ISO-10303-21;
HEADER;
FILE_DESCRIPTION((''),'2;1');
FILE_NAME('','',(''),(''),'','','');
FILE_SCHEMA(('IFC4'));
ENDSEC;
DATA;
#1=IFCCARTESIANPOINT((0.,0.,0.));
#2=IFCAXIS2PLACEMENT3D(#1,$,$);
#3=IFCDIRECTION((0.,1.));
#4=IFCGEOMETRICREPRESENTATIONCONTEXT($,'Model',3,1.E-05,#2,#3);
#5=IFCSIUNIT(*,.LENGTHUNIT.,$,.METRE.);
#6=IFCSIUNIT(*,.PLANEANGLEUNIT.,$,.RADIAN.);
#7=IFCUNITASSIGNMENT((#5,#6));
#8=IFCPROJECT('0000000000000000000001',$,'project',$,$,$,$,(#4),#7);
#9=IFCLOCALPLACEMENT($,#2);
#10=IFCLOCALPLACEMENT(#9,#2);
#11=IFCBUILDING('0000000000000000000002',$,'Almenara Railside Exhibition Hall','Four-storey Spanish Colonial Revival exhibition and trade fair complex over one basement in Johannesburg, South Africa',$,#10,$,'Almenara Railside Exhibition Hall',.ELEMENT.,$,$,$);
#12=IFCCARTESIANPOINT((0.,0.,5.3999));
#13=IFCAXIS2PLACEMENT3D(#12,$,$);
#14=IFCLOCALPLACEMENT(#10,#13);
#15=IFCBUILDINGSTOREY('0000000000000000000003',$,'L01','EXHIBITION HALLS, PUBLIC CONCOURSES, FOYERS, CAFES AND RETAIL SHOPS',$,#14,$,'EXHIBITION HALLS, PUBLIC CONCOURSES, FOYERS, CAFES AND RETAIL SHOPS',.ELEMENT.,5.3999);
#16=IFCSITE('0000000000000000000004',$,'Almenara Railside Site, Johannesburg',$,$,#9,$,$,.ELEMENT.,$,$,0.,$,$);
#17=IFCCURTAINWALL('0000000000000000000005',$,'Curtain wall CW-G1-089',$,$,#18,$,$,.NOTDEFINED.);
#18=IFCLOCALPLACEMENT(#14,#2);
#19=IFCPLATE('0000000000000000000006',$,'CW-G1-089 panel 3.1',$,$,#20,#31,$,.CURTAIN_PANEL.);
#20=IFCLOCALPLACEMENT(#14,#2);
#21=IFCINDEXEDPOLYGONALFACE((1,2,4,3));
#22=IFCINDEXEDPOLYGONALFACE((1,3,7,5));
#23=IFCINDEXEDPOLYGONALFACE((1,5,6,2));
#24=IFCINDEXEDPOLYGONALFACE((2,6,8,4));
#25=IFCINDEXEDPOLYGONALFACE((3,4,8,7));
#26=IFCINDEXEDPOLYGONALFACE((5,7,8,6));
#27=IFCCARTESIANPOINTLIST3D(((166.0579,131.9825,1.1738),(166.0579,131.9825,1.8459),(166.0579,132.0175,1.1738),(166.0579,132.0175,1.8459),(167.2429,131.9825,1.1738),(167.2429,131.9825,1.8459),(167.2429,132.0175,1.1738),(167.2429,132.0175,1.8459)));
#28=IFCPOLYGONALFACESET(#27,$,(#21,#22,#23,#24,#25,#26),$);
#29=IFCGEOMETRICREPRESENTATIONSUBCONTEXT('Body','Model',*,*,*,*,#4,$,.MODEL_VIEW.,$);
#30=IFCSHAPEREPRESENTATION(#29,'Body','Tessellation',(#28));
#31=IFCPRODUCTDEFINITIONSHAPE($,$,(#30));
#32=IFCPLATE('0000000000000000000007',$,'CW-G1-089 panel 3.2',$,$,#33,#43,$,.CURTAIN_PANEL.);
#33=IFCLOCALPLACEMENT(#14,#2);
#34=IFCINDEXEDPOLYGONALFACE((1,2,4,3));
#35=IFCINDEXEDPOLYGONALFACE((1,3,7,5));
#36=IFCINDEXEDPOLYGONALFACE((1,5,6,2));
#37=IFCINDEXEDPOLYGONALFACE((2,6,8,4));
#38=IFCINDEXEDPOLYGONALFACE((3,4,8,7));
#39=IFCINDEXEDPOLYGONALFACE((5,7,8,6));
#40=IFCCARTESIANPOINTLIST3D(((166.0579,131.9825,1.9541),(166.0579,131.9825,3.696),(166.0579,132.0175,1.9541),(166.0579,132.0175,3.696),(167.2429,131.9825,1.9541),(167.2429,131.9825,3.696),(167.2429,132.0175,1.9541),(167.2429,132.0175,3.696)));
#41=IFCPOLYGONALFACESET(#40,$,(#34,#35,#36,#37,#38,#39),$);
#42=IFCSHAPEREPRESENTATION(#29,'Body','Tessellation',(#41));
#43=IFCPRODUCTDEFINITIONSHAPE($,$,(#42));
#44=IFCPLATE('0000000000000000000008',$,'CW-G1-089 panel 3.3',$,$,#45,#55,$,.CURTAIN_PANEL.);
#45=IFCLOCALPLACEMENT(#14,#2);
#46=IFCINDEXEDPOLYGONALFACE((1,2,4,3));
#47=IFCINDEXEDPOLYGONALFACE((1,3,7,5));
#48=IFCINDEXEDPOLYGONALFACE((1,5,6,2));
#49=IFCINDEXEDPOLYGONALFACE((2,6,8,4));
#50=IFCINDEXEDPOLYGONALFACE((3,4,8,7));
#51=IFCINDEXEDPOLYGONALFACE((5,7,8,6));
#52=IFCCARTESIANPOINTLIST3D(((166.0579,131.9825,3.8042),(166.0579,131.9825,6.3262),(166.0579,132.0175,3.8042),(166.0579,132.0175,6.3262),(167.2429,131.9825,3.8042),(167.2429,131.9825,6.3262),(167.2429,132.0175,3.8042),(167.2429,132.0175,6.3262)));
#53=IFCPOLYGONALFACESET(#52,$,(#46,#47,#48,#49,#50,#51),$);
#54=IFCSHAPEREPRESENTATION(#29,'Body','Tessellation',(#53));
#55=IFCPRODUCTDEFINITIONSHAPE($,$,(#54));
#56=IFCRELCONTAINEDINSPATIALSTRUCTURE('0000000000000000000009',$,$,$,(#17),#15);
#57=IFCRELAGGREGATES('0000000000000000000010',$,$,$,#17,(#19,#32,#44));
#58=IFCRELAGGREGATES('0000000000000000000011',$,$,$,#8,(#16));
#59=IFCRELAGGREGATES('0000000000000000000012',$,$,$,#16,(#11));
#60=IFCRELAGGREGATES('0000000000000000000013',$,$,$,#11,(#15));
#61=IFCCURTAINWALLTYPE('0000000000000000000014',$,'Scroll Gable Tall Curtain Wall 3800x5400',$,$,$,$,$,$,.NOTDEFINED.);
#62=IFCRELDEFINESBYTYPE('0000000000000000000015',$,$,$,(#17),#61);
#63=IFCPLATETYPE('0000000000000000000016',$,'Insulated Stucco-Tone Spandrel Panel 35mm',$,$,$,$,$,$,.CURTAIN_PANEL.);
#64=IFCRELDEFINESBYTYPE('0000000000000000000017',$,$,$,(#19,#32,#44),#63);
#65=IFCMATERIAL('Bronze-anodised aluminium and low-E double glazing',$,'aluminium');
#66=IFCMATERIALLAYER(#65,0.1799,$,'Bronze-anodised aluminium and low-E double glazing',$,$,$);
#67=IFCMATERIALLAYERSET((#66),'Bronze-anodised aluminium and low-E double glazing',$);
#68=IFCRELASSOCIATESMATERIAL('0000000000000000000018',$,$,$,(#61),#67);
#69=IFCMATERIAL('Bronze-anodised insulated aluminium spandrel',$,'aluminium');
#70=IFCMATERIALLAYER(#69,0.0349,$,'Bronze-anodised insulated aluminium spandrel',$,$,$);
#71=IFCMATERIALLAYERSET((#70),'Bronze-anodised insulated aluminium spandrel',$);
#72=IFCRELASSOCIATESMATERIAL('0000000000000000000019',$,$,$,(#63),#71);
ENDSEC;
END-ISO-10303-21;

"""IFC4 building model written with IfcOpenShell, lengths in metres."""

from ifc_helpers import new_model, si_unit, direction, frame, origin, origin_2d, place, context, subcontext, project, spatial, rectangle, extrude, material, layer, layer_set, type_object, element, aggregate, save


model = new_model("IFC4")

# Units and contexts
model_context = context("Model", 3, precision=1e-05, world=origin(), true_north=direction((0.0, 1.0)))
body_context = subcontext(model_context, "Body", "Model", "MODEL_VIEW")
ifc_project = project(units=[si_unit("LENGTHUNIT", "METRE"), si_unit("PLANEANGLEUNIT", "RADIAN")], contexts=[model_context])

# Site, building, storey
site_placement = place(None, origin())
site = spatial("IfcSite", under=ifc_project, at=site_placement, Name="Almenara Railside Site, Johannesburg", CompositionType="ELEMENT", RefElevation=0.0)
building_placement = place(site_placement, origin())
building = spatial("IfcBuilding", under=site, at=building_placement, Name="Almenara Railside Exhibition Hall", Description="Four-storey Spanish Colonial Revival exhibition and trade fair complex over one basement in Johannesburg, South Africa", LongName="Almenara Railside Exhibition Hall", CompositionType="ELEMENT")
storey_placement = place(building_placement, frame((0.0, 0.0, 5.3999)))
storey = spatial("IfcBuildingStorey", under=building, at=storey_placement, Name="L01", Description="EXHIBITION HALLS, PUBLIC CONCOURSES, FOYERS, CAFES AND RETAIL SHOPS", LongName="EXHIBITION HALLS, PUBLIC CONCOURSES, FOYERS, CAFES AND RETAIL SHOPS", CompositionType="ELEMENT", Elevation=5.3999)

# Shared definitions
ifc_material_1 = material(Name="Bronze-anodised aluminium and low-E double glazing", Category="aluminium")
ifc_layer_1 = layer(ifc_material_1, 0.1799, Name="Bronze-anodised aluminium and low-E double glazing")
ifc_layer_set_1 = layer_set([ifc_layer_1], Name="Bronze-anodised aluminium and low-E double glazing")
curtain_wall_type = type_object("IfcCurtainWallType", Name="Scroll Gable Tall Curtain Wall 3800x5400", PredefinedType="NOTDEFINED", material=ifc_layer_set_1)

# Curtain wall
curtain_wall_1_placement = place(storey_placement, origin())
curtain_wall_1 = element("IfcCurtainWall", 1, at=curtain_wall_1_placement, inside=storey, type_object=curtain_wall_type, Name="Curtain wall CW-G1-089", PredefinedType="NOTDEFINED")

# Plates
ifc_material_2 = material(Name="Bronze-anodised insulated aluminium spandrel", Category="aluminium")
ifc_layer_2 = layer(ifc_material_2, 0.0349, Name="Bronze-anodised insulated aluminium spandrel")
ifc_layer_set_2 = layer_set([ifc_layer_2], Name="Bronze-anodised insulated aluminium spandrel")
plate_type = type_object("IfcPlateType", Name="Insulated Stucco-Tone Spandrel Panel 35mm", PredefinedType="CURTAIN_PANEL", material=ifc_layer_set_2)
plate_1_placement = place(storey_placement, frame((166.6504, 132.0, 1.1738), z_axis=(0.0, 0.0, 1.0), x_axis=(1.0, 0.0, 0.0)))
plate_1 = element("IfcPlate", 2, at=plate_1_placement, type_object=plate_type, Name="CW-G1-089 panel 3.1", PredefinedType="CURTAIN_PANEL", context=body_context, shape_type="SweptSolid", body=[
    extrude(rectangle(XDim=1.1851, YDim=0.0349, at=origin_2d()), origin(), (0.0, 0.0, 1.0), 0.6721),
])
plate_2_placement = place(storey_placement, frame((166.6504, 132.0, 1.9541), z_axis=(0.0, 0.0, 1.0), x_axis=(1.0, 0.0, 0.0)))
plate_2 = element("IfcPlate", 3, at=plate_2_placement, type_object=plate_type, Name="CW-G1-089 panel 3.2", PredefinedType="CURTAIN_PANEL", context=body_context, shape_type="SweptSolid", body=[
    extrude(rectangle(XDim=1.1851, YDim=0.0349, at=origin_2d()), origin(), (0.0, 0.0, 1.0), 1.7419),
])
plate_3_placement = place(storey_placement, frame((166.6504, 132.0, 3.8042), z_axis=(0.0, 0.0, 1.0), x_axis=(1.0, 0.0, 0.0)))
plate_3 = element("IfcPlate", 4, at=plate_3_placement, type_object=plate_type, Name="CW-G1-089 panel 3.3", PredefinedType="CURTAIN_PANEL", context=body_context, shape_type="SweptSolid", body=[
    extrude(rectangle(XDim=1.1851, YDim=0.0349, at=origin_2d()), origin(), (0.0, 0.0, 1.0), 2.522),
])
aggregate(curtain_wall_1, [plate_1, plate_2, plate_3])

save(model, "model.ifc")
